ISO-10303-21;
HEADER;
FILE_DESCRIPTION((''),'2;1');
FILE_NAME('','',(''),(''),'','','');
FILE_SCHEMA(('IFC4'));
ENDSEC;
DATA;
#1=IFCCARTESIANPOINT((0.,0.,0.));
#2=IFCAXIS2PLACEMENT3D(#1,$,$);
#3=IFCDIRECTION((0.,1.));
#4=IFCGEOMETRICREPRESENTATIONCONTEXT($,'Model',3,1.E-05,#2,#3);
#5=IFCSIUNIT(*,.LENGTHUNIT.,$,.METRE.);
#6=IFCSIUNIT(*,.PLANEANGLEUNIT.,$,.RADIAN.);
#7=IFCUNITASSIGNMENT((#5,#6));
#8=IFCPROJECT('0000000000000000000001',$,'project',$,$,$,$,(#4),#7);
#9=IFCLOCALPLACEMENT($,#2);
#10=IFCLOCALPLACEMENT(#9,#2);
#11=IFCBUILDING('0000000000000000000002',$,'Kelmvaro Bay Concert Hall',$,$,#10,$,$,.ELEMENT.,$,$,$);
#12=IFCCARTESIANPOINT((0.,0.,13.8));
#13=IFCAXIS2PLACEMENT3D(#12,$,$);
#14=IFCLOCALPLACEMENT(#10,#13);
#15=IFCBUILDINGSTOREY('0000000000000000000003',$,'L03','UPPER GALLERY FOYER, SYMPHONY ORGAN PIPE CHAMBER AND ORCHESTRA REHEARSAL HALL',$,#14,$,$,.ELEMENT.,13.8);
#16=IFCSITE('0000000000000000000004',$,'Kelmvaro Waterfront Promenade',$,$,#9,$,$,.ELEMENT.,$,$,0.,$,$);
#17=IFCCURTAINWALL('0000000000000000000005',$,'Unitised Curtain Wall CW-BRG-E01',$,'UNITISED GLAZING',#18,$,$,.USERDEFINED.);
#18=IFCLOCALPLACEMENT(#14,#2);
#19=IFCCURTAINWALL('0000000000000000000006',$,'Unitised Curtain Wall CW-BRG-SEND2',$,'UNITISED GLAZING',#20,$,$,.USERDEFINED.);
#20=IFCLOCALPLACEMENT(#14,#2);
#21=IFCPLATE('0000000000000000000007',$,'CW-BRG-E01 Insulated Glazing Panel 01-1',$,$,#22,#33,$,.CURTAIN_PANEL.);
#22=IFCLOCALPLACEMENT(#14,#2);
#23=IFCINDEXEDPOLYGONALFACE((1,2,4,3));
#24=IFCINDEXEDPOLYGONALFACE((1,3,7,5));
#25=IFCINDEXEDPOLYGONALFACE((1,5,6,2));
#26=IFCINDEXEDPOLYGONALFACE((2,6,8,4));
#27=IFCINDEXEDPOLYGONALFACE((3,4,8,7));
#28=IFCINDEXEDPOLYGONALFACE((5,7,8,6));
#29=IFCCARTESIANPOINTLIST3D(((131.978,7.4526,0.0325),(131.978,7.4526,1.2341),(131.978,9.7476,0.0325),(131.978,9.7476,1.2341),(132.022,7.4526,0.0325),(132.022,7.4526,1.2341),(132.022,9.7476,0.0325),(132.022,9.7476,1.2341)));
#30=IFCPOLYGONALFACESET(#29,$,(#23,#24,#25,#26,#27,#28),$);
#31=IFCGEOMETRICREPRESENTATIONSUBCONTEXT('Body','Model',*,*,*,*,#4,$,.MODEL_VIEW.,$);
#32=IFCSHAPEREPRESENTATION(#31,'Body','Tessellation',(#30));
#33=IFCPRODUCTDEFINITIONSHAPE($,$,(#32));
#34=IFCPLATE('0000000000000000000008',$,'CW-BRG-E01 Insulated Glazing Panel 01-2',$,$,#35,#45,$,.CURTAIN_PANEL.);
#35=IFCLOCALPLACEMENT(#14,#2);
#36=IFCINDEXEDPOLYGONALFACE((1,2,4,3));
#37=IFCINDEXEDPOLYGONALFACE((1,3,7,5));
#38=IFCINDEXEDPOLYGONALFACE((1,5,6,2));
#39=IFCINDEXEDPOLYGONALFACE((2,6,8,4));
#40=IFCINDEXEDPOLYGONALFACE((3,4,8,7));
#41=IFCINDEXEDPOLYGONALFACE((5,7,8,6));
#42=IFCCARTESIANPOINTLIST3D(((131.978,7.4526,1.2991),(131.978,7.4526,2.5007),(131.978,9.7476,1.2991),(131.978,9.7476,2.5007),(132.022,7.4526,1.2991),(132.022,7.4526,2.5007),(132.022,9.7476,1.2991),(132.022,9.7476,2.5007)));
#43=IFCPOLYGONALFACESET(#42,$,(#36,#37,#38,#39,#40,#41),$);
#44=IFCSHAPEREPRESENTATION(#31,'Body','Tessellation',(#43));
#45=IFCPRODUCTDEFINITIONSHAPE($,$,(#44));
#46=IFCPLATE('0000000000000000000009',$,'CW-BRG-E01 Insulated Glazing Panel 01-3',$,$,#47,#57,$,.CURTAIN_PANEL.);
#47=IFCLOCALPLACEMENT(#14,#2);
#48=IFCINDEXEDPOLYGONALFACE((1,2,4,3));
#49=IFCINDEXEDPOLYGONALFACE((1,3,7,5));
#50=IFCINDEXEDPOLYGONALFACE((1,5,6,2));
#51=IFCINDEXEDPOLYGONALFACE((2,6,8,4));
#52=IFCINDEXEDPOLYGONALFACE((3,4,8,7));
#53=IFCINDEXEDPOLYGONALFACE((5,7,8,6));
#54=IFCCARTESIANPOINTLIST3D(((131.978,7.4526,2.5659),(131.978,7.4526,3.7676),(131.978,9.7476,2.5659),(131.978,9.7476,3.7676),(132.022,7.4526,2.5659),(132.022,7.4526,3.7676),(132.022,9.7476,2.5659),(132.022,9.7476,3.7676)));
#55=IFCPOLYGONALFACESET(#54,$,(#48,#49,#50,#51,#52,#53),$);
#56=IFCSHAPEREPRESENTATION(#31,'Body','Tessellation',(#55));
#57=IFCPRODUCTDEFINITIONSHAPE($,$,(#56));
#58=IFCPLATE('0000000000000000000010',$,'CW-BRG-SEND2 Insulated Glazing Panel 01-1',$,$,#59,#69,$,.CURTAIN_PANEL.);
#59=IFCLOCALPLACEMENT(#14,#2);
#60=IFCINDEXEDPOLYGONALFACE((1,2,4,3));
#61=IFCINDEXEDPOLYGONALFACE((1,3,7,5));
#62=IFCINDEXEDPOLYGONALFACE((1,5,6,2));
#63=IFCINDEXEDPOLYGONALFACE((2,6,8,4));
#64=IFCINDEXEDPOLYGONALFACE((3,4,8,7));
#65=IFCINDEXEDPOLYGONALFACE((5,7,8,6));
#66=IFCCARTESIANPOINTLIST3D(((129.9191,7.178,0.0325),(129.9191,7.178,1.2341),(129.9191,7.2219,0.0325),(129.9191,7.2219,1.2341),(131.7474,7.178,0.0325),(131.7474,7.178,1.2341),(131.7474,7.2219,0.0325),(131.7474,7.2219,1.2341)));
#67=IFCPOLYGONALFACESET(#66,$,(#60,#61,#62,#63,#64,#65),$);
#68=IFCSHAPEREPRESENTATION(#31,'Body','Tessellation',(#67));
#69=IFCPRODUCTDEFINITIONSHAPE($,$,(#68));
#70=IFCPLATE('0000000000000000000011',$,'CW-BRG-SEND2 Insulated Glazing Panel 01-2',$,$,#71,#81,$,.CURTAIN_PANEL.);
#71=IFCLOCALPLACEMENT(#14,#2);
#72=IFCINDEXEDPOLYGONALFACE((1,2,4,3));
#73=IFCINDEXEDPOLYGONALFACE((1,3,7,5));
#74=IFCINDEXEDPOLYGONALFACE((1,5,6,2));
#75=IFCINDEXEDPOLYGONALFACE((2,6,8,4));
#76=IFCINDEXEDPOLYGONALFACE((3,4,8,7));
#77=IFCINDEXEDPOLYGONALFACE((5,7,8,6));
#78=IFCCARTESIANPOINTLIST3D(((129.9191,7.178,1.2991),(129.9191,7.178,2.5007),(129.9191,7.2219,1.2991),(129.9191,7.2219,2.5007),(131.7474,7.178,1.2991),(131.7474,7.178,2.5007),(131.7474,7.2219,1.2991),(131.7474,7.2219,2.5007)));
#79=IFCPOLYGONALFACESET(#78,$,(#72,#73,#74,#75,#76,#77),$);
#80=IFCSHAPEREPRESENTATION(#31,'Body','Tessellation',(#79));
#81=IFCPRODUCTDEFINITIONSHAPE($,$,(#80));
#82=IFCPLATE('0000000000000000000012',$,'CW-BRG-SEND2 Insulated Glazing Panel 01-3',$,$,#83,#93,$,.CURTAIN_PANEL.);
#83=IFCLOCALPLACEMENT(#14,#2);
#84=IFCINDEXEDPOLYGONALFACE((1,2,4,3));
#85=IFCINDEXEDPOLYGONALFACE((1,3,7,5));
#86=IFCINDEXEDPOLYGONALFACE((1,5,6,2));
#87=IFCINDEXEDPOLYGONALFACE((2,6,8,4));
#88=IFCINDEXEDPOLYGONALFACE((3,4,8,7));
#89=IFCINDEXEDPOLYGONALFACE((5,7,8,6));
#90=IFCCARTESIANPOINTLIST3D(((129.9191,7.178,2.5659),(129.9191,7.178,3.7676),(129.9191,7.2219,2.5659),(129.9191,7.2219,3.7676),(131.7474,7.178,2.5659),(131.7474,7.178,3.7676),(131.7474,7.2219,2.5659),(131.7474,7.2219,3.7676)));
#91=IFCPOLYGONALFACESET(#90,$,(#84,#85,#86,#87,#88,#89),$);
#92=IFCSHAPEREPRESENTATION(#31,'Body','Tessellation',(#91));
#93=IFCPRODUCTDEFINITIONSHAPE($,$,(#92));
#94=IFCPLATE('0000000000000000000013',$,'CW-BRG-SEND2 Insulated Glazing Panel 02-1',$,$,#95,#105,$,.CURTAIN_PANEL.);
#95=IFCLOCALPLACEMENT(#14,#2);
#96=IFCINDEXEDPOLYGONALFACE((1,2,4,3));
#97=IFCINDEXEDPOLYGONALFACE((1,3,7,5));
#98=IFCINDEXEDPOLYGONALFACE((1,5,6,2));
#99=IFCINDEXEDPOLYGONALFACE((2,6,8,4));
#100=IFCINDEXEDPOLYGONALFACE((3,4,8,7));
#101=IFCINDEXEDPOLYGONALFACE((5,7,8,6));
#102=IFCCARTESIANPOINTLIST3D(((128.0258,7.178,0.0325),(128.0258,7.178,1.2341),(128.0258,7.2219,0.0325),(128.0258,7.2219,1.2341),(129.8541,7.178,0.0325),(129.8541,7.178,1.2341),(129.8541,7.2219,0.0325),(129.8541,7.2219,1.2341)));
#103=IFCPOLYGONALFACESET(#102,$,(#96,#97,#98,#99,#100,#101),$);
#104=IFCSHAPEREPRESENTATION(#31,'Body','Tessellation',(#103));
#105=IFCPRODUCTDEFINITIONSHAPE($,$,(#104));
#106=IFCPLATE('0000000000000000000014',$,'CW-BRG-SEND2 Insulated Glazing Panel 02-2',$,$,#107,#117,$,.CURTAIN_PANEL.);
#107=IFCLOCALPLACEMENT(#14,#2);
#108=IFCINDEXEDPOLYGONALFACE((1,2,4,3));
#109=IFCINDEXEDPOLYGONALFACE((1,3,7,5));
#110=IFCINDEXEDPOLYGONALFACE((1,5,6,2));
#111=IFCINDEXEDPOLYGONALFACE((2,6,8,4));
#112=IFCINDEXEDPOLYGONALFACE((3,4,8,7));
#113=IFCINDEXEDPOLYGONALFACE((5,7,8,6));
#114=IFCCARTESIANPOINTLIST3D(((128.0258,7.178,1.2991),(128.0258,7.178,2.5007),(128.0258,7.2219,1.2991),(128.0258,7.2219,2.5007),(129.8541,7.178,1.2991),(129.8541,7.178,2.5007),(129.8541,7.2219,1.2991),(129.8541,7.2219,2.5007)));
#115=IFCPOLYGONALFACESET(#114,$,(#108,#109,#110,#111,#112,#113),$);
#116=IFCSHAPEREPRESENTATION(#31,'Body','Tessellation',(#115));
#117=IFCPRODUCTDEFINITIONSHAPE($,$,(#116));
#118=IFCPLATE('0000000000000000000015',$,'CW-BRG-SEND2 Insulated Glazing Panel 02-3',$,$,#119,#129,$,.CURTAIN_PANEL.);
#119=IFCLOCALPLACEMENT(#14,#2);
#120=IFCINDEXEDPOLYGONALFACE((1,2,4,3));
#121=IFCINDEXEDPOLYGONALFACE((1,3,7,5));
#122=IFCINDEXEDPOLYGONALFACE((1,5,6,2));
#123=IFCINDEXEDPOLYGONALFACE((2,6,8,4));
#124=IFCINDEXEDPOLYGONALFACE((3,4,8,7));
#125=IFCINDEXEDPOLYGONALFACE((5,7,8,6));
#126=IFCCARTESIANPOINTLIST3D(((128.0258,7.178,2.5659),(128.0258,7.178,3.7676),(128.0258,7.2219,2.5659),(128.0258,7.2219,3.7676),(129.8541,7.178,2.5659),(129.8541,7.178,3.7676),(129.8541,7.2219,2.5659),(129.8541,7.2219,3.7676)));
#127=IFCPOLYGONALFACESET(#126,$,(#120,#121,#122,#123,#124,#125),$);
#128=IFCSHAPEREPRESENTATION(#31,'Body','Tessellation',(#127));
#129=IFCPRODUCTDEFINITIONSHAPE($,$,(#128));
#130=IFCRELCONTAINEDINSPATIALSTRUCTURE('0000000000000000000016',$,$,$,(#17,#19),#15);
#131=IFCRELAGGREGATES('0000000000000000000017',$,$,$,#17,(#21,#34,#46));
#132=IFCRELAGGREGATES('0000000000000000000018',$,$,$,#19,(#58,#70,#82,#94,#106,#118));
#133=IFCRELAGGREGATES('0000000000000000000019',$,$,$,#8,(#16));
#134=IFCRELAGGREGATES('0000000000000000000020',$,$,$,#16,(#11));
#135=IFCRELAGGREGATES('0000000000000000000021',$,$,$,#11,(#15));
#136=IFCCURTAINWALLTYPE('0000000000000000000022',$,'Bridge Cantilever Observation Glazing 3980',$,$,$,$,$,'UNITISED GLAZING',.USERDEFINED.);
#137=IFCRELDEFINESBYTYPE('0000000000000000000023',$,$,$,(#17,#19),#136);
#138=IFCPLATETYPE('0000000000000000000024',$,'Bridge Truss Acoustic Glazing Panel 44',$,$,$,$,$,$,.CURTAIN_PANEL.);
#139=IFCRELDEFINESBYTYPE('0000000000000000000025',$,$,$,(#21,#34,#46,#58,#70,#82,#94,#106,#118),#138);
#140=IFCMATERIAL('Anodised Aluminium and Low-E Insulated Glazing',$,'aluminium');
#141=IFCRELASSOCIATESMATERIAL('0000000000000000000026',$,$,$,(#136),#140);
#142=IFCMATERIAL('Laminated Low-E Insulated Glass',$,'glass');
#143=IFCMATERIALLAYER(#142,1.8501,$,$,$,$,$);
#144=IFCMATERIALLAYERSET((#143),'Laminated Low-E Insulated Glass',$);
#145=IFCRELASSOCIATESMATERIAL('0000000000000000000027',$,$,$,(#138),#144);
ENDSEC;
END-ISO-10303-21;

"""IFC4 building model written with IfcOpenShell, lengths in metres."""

from ifc_helpers import new_model, si_unit, direction, frame, origin, origin_2d, place, context, subcontext, project, spatial, rectangle, extrude, material, layer, layer_set, type_object, element, aggregate, save


model = new_model("IFC4")

# Units and contexts
model_context = context("Model", 3, precision=1e-05, world=origin(), true_north=direction((0.0, 1.0)))
body_context = subcontext(model_context, "Body", "Model", "MODEL_VIEW")
ifc_project = project(units=[si_unit("LENGTHUNIT", "METRE"), si_unit("PLANEANGLEUNIT", "RADIAN")], contexts=[model_context])

# Site, building, storey
site_placement = place(None, origin())
site = spatial("IfcSite", under=ifc_project, at=site_placement, Name="Kelmvaro Waterfront Promenade", CompositionType="ELEMENT", RefElevation=0.0)
building_placement = place(site_placement, origin())
building = spatial("IfcBuilding", under=site, at=building_placement, Name="Kelmvaro Bay Concert Hall", CompositionType="ELEMENT")
storey_placement = place(building_placement, frame((0.0, 0.0, 13.8)))
storey = spatial("IfcBuildingStorey", under=building, at=storey_placement, Name="L03", Description="UPPER GALLERY FOYER, SYMPHONY ORGAN PIPE CHAMBER AND ORCHESTRA REHEARSAL HALL", CompositionType="ELEMENT", Elevation=13.8)

# Curtain walls
ifc_material_1 = material(Name="Anodised Aluminium and Low-E Insulated Glazing", Category="aluminium")
curtain_wall_type = type_object("IfcCurtainWallType", Name="Bridge Cantilever Observation Glazing 3980", ElementType="UNITISED GLAZING", PredefinedType="USERDEFINED", material=ifc_material_1)
curtain_wall_1_placement = place(storey_placement, origin())
curtain_wall_1 = element("IfcCurtainWall", 1, at=curtain_wall_1_placement, inside=storey, type_object=curtain_wall_type, Name="Unitised Curtain Wall CW-BRG-E01", ObjectType="UNITISED GLAZING", PredefinedType="USERDEFINED")
curtain_wall_2_placement = place(storey_placement, origin())
curtain_wall_2 = element("IfcCurtainWall", 2, at=curtain_wall_2_placement, inside=storey, type_object=curtain_wall_type, Name="Unitised Curtain Wall CW-BRG-SEND2", ObjectType="UNITISED GLAZING", PredefinedType="USERDEFINED")

# Plates
ifc_material_2 = material(Name="Laminated Low-E Insulated Glass", Category="glass")
ifc_layer_1 = layer(ifc_material_2, 1.8501)
ifc_layer_set_1 = layer_set([ifc_layer_1], Name="Laminated Low-E Insulated Glass")
plate_type_1 = type_object("IfcPlateType", Name="Bridge Truss Acoustic Glazing Panel 44", PredefinedType="CURTAIN_PANEL", material=ifc_layer_set_1)
plate_1_placement = place(storey_placement, frame((132.0, 8.6001, 0.0325), z_axis=(0.0, 0.0, 1.0), x_axis=(0.0, -1.0, 0.0)))
plate_1 = element("IfcPlate", 3, at=plate_1_placement, type_object=plate_type_1, Name="CW-BRG-E01 Insulated Glazing Panel 01-1", PredefinedType="CURTAIN_PANEL", context=body_context, shape_type="SweptSolid", body=[
    extrude(rectangle(XDim=2.2949, YDim=0.0439, at=origin_2d()), origin(), (0.0, 0.0, 1.0), 1.2017),
])
plate_2_placement = place(storey_placement, frame((132.0, 8.6001, 1.2991), z_axis=(0.0, 0.0, 1.0), x_axis=(0.0, -1.0, 0.0)))
plate_2 = element("IfcPlate", 4, at=plate_2_placement, type_object=plate_type_1, Name="CW-BRG-E01 Insulated Glazing Panel 01-2", PredefinedType="CURTAIN_PANEL", context=body_context, shape_type="SweptSolid", body=[
    extrude(rectangle(XDim=2.2949, YDim=0.0439, at=origin_2d()), origin(), (0.0, 0.0, 1.0), 1.2017),
])
plate_3_placement = place(storey_placement, frame((132.0, 8.6001, 2.5659), z_axis=(0.0, 0.0, 1.0), x_axis=(0.0, -1.0, 0.0)))
plate_3 = element("IfcPlate", 5, at=plate_3_placement, type_object=plate_type_1, Name="CW-BRG-E01 Insulated Glazing Panel 01-3", PredefinedType="CURTAIN_PANEL", context=body_context, shape_type="SweptSolid", body=[
    extrude(rectangle(XDim=2.2949, YDim=0.0439, at=origin_2d()), origin(), (0.0, 0.0, 1.0), 1.2017),
])
aggregate(curtain_wall_1, [plate_1, plate_2, plate_3])
plate_4_placement = place(storey_placement, frame((130.8333, 7.2, 0.0325), z_axis=(0.0, 0.0, 1.0), x_axis=(-1.0, 0.0, 0.0)))
plate_4 = element("IfcPlate", 6, at=plate_4_placement, type_object=plate_type_1, Name="CW-BRG-SEND2 Insulated Glazing Panel 01-1", PredefinedType="CURTAIN_PANEL", context=body_context, shape_type="SweptSolid", body=[
    extrude(rectangle(XDim=1.8284, YDim=0.0439, at=origin_2d()), origin(), (0.0, 0.0, 1.0), 1.2017),
])
plate_5_placement = place(storey_placement, frame((130.8333, 7.2, 1.2991), z_axis=(0.0, 0.0, 1.0), x_axis=(-1.0, 0.0, 0.0)))
plate_5 = element("IfcPlate", 7, at=plate_5_placement, type_object=plate_type_1, Name="CW-BRG-SEND2 Insulated Glazing Panel 01-2", PredefinedType="CURTAIN_PANEL", context=body_context, shape_type="SweptSolid", body=[
    extrude(rectangle(XDim=1.8284, YDim=0.0439, at=origin_2d()), origin(), (0.0, 0.0, 1.0), 1.2017),
])
plate_6_placement = place(storey_placement, frame((130.8333, 7.2, 2.5659), z_axis=(0.0, 0.0, 1.0), x_axis=(-1.0, 0.0, 0.0)))
plate_6 = element("IfcPlate", 8, at=plate_6_placement, type_object=plate_type_1, Name="CW-BRG-SEND2 Insulated Glazing Panel 01-3", PredefinedType="CURTAIN_PANEL", context=body_context, shape_type="SweptSolid", body=[
    extrude(rectangle(XDim=1.8284, YDim=0.0439, at=origin_2d()), origin(), (0.0, 0.0, 1.0), 1.2017),
])
plate_7_placement = place(storey_placement, frame((128.9399, 7.2, 0.0325), z_axis=(0.0, 0.0, 1.0), x_axis=(-1.0, 0.0, 0.0)))
plate_7 = element("IfcPlate", 9, at=plate_7_placement, type_object=plate_type_1, Name="CW-BRG-SEND2 Insulated Glazing Panel 02-1", PredefinedType="CURTAIN_PANEL", context=body_context, shape_type="SweptSolid", body=[
    extrude(rectangle(XDim=1.8284, YDim=0.0439, at=origin_2d()), origin(), (0.0, 0.0, 1.0), 1.2017),
])
plate_8_placement = place(storey_placement, frame((128.9399, 7.2, 1.2991), z_axis=(0.0, 0.0, 1.0), x_axis=(-1.0, 0.0, 0.0)))
plate_8 = element("IfcPlate", 10, at=plate_8_placement, type_object=plate_type_1, Name="CW-BRG-SEND2 Insulated Glazing Panel 02-2", PredefinedType="CURTAIN_PANEL", context=body_context, shape_type="SweptSolid", body=[
    extrude(rectangle(XDim=1.8284, YDim=0.0439, at=origin_2d()), origin(), (0.0, 0.0, 1.0), 1.2017),
])
plate_9_placement = place(storey_placement, frame((128.9399, 7.2, 2.5659), z_axis=(0.0, 0.0, 1.0), x_axis=(-1.0, 0.0, 0.0)))
plate_9 = element("IfcPlate", 11, at=plate_9_placement, type_object=plate_type_1, Name="CW-BRG-SEND2 Insulated Glazing Panel 02-3", PredefinedType="CURTAIN_PANEL", context=body_context, shape_type="SweptSolid", body=[
    extrude(rectangle(XDim=1.8284, YDim=0.0439, at=origin_2d()), origin(), (0.0, 0.0, 1.0), 1.2017),
])
aggregate(curtain_wall_2, [plate_4, plate_5, plate_6, plate_7, plate_8, plate_9])

save(model, "model.ifc")
